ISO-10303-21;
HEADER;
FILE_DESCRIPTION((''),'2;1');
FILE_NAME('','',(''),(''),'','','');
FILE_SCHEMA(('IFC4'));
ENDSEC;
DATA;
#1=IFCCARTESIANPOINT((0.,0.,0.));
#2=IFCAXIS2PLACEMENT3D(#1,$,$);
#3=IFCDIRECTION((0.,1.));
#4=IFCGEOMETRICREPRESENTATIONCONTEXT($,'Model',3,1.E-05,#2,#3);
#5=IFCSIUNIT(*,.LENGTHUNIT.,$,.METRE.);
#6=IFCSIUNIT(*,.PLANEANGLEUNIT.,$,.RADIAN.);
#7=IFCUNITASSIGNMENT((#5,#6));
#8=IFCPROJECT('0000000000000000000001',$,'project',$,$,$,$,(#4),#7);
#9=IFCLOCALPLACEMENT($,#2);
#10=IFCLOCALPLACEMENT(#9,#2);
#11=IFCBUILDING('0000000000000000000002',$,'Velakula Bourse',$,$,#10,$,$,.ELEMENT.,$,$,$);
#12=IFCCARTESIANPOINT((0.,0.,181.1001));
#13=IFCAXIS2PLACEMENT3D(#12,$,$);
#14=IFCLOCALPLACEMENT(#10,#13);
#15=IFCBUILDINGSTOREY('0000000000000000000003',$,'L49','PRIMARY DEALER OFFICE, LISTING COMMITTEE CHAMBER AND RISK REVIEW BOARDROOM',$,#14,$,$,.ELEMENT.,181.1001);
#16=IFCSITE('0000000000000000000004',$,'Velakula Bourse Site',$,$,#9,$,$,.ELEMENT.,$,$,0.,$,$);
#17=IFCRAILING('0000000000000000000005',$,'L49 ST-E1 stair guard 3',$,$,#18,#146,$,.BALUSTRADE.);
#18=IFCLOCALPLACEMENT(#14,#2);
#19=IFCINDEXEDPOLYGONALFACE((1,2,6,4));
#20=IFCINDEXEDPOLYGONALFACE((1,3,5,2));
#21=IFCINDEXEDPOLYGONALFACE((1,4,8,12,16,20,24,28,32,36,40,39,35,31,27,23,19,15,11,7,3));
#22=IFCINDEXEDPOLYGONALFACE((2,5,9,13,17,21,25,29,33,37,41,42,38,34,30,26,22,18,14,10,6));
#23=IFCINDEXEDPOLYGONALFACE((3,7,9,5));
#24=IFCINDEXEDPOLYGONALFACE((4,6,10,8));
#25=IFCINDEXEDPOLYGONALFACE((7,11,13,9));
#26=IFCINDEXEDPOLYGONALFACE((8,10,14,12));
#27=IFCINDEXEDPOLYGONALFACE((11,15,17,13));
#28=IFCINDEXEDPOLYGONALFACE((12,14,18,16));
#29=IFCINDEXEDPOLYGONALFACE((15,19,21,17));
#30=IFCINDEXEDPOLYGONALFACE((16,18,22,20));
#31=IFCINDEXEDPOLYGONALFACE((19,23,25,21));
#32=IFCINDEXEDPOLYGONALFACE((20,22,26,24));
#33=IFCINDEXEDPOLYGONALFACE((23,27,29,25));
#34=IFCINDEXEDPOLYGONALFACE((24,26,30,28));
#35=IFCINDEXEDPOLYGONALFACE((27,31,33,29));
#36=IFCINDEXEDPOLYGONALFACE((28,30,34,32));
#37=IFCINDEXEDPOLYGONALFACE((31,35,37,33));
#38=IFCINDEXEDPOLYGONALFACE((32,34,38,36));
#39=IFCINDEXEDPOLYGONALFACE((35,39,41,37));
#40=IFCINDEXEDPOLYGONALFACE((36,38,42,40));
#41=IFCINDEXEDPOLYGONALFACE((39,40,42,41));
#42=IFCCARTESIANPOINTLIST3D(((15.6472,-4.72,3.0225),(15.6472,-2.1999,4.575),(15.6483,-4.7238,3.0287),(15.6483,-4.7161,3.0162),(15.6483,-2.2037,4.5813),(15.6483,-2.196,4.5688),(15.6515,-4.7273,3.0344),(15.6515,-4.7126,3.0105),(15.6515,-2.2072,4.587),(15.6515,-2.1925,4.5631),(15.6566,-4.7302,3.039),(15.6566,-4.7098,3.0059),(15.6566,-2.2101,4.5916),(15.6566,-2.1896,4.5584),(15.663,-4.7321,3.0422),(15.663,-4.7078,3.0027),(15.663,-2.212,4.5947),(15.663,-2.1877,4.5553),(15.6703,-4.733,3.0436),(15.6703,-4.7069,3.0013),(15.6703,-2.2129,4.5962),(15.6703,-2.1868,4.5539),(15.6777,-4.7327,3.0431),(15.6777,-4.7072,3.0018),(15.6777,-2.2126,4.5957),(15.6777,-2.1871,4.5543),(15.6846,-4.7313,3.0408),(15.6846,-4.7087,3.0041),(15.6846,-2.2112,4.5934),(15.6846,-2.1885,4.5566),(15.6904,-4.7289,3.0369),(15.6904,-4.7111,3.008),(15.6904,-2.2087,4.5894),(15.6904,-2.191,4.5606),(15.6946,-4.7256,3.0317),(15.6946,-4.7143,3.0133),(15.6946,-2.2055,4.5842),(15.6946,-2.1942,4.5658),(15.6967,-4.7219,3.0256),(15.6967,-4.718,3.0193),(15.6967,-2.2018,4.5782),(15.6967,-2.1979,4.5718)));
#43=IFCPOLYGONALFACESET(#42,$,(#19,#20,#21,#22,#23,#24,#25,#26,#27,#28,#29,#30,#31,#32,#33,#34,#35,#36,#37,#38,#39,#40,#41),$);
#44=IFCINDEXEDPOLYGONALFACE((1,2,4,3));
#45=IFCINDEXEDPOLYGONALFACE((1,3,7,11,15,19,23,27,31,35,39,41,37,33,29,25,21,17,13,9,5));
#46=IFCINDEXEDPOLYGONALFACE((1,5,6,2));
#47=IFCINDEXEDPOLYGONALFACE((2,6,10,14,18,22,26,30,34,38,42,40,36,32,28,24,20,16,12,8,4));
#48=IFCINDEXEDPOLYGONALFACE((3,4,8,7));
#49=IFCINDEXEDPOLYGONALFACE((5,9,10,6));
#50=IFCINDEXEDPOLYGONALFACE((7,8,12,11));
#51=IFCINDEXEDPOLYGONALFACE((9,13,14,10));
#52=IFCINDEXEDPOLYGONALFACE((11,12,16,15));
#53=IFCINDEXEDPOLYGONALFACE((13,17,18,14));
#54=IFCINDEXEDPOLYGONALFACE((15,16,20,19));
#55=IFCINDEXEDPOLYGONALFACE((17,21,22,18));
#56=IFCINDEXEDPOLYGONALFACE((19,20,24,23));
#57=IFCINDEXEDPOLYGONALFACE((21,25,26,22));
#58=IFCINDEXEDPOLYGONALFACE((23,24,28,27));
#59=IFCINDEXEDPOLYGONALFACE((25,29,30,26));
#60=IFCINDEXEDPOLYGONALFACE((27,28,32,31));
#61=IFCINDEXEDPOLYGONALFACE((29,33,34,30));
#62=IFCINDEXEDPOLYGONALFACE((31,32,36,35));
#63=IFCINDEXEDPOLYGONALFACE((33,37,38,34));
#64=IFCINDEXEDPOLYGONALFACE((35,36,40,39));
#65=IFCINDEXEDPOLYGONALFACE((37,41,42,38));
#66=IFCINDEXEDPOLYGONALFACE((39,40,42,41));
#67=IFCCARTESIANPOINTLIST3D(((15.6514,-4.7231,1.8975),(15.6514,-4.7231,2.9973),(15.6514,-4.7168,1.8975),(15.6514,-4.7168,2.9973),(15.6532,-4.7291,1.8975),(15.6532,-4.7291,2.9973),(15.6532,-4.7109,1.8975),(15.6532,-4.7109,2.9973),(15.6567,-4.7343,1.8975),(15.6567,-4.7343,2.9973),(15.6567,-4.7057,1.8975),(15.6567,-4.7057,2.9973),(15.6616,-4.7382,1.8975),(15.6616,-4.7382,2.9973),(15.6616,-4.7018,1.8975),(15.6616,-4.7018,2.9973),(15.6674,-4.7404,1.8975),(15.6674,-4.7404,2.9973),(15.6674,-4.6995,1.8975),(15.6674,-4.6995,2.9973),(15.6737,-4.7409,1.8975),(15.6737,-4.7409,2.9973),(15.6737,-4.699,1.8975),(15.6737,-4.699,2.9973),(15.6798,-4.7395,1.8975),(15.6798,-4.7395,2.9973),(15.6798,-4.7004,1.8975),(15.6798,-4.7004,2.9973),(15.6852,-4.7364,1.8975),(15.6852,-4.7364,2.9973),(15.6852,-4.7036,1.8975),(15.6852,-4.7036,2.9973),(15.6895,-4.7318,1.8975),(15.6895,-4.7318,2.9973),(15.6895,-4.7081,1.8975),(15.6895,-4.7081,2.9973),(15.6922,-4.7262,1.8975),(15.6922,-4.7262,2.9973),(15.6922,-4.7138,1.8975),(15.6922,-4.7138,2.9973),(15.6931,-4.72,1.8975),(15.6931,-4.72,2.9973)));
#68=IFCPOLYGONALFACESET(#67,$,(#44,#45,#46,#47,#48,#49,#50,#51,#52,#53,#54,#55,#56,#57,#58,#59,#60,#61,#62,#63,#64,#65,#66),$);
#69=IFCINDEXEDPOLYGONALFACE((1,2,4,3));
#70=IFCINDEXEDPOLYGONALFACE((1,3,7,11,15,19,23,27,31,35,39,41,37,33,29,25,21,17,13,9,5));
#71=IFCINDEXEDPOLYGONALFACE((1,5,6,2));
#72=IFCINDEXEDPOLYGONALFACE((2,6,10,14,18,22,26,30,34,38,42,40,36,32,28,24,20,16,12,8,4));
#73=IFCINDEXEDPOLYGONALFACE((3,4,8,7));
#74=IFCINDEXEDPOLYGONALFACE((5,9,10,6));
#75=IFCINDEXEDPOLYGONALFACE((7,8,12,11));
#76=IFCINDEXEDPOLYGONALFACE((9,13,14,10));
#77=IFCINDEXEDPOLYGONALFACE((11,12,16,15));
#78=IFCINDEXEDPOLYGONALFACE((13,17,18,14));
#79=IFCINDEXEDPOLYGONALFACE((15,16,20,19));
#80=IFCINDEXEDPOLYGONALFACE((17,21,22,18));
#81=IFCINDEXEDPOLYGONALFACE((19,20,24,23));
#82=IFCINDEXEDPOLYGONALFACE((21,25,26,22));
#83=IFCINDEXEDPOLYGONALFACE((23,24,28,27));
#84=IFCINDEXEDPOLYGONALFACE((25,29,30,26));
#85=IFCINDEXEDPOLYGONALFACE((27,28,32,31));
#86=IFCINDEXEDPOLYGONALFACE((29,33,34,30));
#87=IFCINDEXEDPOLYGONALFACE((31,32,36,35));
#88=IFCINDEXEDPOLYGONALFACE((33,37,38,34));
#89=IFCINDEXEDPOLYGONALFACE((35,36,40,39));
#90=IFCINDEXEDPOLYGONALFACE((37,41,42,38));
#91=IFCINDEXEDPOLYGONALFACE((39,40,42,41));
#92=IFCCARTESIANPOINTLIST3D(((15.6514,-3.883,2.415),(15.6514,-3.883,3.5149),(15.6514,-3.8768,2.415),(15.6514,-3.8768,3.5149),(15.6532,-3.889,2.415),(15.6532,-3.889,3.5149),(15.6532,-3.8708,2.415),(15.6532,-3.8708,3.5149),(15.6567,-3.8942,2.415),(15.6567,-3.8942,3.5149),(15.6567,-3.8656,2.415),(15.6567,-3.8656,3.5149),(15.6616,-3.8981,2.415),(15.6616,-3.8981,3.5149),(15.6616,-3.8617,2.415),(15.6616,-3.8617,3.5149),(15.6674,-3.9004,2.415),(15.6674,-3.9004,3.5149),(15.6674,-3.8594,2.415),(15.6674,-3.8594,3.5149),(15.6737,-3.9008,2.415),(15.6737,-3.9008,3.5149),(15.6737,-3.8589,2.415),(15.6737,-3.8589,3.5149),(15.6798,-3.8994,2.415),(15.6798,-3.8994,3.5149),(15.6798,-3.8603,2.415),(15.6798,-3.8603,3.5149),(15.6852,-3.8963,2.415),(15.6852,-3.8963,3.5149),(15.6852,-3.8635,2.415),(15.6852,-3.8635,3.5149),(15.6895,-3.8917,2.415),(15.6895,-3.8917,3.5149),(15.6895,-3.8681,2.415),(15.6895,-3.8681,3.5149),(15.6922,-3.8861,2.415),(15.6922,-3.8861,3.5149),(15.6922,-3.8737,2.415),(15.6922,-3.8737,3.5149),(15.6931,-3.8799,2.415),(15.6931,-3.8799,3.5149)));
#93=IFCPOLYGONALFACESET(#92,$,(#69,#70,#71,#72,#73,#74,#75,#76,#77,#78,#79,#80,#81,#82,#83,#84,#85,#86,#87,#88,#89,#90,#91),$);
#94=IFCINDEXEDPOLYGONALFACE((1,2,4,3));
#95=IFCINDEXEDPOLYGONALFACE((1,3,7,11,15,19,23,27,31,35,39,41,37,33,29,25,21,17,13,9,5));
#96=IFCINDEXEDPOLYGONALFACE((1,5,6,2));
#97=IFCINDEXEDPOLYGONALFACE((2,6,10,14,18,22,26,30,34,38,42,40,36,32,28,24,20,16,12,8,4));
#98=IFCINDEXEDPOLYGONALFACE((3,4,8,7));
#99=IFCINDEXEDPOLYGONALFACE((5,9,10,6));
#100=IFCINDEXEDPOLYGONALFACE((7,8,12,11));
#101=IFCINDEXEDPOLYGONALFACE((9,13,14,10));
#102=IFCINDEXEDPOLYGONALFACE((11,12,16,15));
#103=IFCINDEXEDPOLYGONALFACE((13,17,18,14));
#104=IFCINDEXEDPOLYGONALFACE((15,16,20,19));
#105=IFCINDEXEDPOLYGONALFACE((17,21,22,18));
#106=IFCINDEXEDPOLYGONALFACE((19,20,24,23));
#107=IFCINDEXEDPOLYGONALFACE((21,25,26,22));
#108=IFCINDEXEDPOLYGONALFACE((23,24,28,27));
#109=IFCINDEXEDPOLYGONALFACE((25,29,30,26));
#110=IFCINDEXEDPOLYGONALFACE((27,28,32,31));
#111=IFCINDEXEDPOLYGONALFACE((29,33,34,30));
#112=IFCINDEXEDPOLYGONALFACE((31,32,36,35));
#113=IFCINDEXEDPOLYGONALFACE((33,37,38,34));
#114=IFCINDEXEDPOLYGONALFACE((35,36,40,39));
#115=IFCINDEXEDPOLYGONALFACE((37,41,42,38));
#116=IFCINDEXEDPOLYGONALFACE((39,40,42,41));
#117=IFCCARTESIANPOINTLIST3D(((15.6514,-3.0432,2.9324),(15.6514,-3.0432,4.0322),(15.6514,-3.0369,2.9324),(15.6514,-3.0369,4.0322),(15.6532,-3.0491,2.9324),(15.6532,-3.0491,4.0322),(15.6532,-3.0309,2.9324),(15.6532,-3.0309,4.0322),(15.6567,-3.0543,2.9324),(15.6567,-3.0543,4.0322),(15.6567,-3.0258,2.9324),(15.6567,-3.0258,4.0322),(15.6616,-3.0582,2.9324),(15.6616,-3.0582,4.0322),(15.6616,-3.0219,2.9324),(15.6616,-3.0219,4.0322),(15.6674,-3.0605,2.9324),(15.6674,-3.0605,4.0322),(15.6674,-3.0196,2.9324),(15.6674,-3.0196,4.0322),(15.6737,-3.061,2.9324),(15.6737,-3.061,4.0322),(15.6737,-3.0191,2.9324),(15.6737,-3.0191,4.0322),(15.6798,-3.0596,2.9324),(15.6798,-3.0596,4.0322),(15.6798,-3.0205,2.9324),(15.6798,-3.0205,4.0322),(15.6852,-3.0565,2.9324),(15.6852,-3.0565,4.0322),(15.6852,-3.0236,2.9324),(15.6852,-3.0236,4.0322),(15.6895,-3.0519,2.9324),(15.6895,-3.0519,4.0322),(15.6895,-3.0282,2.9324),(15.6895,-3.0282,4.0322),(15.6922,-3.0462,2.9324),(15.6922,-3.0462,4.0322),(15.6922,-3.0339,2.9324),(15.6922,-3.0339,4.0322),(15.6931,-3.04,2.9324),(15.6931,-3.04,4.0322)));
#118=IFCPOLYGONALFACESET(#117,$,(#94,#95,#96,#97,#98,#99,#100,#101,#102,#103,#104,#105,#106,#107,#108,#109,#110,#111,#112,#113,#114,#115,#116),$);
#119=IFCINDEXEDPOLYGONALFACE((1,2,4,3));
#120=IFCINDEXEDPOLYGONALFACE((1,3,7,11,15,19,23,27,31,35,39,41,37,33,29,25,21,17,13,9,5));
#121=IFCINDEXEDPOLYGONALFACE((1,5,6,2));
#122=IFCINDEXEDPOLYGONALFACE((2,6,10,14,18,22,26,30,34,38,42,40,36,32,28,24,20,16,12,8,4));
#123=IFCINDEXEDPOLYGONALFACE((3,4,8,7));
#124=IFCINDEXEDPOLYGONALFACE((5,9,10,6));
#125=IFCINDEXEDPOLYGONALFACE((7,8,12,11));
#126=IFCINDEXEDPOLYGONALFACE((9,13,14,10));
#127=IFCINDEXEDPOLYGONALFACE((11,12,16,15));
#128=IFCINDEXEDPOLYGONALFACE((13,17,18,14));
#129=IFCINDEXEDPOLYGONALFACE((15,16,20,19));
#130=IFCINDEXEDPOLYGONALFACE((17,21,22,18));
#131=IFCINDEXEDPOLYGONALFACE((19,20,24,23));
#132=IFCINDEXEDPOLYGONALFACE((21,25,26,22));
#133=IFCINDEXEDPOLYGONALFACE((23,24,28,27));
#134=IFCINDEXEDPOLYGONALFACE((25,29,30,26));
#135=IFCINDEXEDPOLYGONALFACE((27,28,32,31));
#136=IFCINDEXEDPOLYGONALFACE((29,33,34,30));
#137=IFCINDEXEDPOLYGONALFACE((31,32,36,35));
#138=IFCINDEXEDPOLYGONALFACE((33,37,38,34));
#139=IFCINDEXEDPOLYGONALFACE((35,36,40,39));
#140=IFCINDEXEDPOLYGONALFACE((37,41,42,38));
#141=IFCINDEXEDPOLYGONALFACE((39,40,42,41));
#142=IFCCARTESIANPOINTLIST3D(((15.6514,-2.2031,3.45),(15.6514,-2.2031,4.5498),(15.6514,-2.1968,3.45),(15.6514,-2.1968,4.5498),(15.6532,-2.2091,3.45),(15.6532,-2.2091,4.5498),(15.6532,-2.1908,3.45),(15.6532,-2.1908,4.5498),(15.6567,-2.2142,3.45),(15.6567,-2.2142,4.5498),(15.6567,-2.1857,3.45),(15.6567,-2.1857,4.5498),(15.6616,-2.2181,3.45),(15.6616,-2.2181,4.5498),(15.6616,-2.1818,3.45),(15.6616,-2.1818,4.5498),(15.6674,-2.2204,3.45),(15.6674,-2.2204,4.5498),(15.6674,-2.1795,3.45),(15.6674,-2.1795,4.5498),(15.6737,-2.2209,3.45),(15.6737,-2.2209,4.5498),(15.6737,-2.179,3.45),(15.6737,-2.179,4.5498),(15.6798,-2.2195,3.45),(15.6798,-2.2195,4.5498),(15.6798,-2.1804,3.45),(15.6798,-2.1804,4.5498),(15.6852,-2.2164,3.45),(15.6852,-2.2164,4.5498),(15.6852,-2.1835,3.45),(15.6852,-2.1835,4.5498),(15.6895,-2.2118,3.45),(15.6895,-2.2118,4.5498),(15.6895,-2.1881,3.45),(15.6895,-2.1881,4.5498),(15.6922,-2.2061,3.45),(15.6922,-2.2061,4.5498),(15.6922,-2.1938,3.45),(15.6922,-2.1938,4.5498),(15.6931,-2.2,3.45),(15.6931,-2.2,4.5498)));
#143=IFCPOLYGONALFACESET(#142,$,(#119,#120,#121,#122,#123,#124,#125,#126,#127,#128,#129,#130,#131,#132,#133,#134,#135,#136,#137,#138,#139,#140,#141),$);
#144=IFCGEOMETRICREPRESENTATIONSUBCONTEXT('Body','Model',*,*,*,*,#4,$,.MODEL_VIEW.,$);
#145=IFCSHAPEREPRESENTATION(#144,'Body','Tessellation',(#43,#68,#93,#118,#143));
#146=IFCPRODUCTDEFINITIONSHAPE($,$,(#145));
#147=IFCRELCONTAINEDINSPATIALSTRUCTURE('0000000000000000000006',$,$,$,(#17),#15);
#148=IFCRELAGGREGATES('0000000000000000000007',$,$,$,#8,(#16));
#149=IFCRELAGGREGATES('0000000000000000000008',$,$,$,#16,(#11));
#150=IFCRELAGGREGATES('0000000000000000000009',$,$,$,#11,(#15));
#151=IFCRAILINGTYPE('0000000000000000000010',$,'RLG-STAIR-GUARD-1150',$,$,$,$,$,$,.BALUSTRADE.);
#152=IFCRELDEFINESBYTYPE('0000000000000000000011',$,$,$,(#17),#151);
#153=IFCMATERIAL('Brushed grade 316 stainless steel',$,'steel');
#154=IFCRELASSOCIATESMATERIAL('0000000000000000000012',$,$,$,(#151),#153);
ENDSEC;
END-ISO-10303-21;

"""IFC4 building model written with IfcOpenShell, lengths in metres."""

from ifc_helpers import new_model, si_unit, direction, frame, origin, origin_2d, place, context, subcontext, project, spatial, circle, extrude, material, type_object, element, save


model = new_model("IFC4")

# Units and contexts
model_context = context("Model", 3, precision=1e-05, world=origin(), true_north=direction((0.0, 1.0)))
body_context = subcontext(model_context, "Body", "Model", "MODEL_VIEW")
ifc_project = project(units=[si_unit("LENGTHUNIT", "METRE"), si_unit("PLANEANGLEUNIT", "RADIAN")], contexts=[model_context])

# Site, building, storey
site_placement = place(None, origin())
site = spatial("IfcSite", under=ifc_project, at=site_placement, Name="Velakula Bourse Site", CompositionType="ELEMENT", RefElevation=0.0)
building_placement = place(site_placement, origin())
building = spatial("IfcBuilding", under=site, at=building_placement, Name="Velakula Bourse", CompositionType="ELEMENT")
storey_placement = place(building_placement, frame((0.0, 0.0, 181.1001)))
storey = spatial("IfcBuildingStorey", under=building, at=storey_placement, Name="L49", Description="PRIMARY DEALER OFFICE, LISTING COMMITTEE CHAMBER AND RISK REVIEW BOARDROOM", CompositionType="ELEMENT", Elevation=181.1001)

# Shared definitions
ifc_material_1 = material(Name="Brushed grade 316 stainless steel", Category="steel")

# Railing
railing_type_1 = type_object("IfcRailingType", Name="RLG-STAIR-GUARD-1150", PredefinedType="BALUSTRADE", material=ifc_material_1)
railing_1_placement = place(storey_placement, frame((15.6721, -4.72, 1.8975)))
element("IfcRailing", 1, at=railing_1_placement, inside=storey, type_object=railing_type_1, Name="L49 ST-E1 stair guard 3", PredefinedType="BALUSTRADE", context=body_context, shape_type="SweptSolid", body=[
    extrude(circle(Radius=0.0249, at=origin_2d()), frame((0.0, 0.0, 1.125), z_axis=(0.0, 0.8514, 0.524516), x_axis=(-1.0, 0.0, 0.0)), (0.0, 0.0, 1.0), 2.96),
    extrude(circle(Radius=0.021, at=origin_2d()), origin(), (0.0, 0.0, 1.0), 1.0999),
    extrude(circle(Radius=0.021, at=origin_2d()), frame((0.0, 0.8401, 0.5176)), (0.0, 0.0, 1.0), 1.0999),
    extrude(circle(Radius=0.021, at=origin_2d()), frame((0.0, 1.6799, 1.0349)), (0.0, 0.0, 1.0), 1.0999),
    extrude(circle(Radius=0.021, at=origin_2d()), frame((0.0, 2.52, 1.5525)), (0.0, 0.0, 1.0), 1.0999),
])

save(model, "model.ifc")
